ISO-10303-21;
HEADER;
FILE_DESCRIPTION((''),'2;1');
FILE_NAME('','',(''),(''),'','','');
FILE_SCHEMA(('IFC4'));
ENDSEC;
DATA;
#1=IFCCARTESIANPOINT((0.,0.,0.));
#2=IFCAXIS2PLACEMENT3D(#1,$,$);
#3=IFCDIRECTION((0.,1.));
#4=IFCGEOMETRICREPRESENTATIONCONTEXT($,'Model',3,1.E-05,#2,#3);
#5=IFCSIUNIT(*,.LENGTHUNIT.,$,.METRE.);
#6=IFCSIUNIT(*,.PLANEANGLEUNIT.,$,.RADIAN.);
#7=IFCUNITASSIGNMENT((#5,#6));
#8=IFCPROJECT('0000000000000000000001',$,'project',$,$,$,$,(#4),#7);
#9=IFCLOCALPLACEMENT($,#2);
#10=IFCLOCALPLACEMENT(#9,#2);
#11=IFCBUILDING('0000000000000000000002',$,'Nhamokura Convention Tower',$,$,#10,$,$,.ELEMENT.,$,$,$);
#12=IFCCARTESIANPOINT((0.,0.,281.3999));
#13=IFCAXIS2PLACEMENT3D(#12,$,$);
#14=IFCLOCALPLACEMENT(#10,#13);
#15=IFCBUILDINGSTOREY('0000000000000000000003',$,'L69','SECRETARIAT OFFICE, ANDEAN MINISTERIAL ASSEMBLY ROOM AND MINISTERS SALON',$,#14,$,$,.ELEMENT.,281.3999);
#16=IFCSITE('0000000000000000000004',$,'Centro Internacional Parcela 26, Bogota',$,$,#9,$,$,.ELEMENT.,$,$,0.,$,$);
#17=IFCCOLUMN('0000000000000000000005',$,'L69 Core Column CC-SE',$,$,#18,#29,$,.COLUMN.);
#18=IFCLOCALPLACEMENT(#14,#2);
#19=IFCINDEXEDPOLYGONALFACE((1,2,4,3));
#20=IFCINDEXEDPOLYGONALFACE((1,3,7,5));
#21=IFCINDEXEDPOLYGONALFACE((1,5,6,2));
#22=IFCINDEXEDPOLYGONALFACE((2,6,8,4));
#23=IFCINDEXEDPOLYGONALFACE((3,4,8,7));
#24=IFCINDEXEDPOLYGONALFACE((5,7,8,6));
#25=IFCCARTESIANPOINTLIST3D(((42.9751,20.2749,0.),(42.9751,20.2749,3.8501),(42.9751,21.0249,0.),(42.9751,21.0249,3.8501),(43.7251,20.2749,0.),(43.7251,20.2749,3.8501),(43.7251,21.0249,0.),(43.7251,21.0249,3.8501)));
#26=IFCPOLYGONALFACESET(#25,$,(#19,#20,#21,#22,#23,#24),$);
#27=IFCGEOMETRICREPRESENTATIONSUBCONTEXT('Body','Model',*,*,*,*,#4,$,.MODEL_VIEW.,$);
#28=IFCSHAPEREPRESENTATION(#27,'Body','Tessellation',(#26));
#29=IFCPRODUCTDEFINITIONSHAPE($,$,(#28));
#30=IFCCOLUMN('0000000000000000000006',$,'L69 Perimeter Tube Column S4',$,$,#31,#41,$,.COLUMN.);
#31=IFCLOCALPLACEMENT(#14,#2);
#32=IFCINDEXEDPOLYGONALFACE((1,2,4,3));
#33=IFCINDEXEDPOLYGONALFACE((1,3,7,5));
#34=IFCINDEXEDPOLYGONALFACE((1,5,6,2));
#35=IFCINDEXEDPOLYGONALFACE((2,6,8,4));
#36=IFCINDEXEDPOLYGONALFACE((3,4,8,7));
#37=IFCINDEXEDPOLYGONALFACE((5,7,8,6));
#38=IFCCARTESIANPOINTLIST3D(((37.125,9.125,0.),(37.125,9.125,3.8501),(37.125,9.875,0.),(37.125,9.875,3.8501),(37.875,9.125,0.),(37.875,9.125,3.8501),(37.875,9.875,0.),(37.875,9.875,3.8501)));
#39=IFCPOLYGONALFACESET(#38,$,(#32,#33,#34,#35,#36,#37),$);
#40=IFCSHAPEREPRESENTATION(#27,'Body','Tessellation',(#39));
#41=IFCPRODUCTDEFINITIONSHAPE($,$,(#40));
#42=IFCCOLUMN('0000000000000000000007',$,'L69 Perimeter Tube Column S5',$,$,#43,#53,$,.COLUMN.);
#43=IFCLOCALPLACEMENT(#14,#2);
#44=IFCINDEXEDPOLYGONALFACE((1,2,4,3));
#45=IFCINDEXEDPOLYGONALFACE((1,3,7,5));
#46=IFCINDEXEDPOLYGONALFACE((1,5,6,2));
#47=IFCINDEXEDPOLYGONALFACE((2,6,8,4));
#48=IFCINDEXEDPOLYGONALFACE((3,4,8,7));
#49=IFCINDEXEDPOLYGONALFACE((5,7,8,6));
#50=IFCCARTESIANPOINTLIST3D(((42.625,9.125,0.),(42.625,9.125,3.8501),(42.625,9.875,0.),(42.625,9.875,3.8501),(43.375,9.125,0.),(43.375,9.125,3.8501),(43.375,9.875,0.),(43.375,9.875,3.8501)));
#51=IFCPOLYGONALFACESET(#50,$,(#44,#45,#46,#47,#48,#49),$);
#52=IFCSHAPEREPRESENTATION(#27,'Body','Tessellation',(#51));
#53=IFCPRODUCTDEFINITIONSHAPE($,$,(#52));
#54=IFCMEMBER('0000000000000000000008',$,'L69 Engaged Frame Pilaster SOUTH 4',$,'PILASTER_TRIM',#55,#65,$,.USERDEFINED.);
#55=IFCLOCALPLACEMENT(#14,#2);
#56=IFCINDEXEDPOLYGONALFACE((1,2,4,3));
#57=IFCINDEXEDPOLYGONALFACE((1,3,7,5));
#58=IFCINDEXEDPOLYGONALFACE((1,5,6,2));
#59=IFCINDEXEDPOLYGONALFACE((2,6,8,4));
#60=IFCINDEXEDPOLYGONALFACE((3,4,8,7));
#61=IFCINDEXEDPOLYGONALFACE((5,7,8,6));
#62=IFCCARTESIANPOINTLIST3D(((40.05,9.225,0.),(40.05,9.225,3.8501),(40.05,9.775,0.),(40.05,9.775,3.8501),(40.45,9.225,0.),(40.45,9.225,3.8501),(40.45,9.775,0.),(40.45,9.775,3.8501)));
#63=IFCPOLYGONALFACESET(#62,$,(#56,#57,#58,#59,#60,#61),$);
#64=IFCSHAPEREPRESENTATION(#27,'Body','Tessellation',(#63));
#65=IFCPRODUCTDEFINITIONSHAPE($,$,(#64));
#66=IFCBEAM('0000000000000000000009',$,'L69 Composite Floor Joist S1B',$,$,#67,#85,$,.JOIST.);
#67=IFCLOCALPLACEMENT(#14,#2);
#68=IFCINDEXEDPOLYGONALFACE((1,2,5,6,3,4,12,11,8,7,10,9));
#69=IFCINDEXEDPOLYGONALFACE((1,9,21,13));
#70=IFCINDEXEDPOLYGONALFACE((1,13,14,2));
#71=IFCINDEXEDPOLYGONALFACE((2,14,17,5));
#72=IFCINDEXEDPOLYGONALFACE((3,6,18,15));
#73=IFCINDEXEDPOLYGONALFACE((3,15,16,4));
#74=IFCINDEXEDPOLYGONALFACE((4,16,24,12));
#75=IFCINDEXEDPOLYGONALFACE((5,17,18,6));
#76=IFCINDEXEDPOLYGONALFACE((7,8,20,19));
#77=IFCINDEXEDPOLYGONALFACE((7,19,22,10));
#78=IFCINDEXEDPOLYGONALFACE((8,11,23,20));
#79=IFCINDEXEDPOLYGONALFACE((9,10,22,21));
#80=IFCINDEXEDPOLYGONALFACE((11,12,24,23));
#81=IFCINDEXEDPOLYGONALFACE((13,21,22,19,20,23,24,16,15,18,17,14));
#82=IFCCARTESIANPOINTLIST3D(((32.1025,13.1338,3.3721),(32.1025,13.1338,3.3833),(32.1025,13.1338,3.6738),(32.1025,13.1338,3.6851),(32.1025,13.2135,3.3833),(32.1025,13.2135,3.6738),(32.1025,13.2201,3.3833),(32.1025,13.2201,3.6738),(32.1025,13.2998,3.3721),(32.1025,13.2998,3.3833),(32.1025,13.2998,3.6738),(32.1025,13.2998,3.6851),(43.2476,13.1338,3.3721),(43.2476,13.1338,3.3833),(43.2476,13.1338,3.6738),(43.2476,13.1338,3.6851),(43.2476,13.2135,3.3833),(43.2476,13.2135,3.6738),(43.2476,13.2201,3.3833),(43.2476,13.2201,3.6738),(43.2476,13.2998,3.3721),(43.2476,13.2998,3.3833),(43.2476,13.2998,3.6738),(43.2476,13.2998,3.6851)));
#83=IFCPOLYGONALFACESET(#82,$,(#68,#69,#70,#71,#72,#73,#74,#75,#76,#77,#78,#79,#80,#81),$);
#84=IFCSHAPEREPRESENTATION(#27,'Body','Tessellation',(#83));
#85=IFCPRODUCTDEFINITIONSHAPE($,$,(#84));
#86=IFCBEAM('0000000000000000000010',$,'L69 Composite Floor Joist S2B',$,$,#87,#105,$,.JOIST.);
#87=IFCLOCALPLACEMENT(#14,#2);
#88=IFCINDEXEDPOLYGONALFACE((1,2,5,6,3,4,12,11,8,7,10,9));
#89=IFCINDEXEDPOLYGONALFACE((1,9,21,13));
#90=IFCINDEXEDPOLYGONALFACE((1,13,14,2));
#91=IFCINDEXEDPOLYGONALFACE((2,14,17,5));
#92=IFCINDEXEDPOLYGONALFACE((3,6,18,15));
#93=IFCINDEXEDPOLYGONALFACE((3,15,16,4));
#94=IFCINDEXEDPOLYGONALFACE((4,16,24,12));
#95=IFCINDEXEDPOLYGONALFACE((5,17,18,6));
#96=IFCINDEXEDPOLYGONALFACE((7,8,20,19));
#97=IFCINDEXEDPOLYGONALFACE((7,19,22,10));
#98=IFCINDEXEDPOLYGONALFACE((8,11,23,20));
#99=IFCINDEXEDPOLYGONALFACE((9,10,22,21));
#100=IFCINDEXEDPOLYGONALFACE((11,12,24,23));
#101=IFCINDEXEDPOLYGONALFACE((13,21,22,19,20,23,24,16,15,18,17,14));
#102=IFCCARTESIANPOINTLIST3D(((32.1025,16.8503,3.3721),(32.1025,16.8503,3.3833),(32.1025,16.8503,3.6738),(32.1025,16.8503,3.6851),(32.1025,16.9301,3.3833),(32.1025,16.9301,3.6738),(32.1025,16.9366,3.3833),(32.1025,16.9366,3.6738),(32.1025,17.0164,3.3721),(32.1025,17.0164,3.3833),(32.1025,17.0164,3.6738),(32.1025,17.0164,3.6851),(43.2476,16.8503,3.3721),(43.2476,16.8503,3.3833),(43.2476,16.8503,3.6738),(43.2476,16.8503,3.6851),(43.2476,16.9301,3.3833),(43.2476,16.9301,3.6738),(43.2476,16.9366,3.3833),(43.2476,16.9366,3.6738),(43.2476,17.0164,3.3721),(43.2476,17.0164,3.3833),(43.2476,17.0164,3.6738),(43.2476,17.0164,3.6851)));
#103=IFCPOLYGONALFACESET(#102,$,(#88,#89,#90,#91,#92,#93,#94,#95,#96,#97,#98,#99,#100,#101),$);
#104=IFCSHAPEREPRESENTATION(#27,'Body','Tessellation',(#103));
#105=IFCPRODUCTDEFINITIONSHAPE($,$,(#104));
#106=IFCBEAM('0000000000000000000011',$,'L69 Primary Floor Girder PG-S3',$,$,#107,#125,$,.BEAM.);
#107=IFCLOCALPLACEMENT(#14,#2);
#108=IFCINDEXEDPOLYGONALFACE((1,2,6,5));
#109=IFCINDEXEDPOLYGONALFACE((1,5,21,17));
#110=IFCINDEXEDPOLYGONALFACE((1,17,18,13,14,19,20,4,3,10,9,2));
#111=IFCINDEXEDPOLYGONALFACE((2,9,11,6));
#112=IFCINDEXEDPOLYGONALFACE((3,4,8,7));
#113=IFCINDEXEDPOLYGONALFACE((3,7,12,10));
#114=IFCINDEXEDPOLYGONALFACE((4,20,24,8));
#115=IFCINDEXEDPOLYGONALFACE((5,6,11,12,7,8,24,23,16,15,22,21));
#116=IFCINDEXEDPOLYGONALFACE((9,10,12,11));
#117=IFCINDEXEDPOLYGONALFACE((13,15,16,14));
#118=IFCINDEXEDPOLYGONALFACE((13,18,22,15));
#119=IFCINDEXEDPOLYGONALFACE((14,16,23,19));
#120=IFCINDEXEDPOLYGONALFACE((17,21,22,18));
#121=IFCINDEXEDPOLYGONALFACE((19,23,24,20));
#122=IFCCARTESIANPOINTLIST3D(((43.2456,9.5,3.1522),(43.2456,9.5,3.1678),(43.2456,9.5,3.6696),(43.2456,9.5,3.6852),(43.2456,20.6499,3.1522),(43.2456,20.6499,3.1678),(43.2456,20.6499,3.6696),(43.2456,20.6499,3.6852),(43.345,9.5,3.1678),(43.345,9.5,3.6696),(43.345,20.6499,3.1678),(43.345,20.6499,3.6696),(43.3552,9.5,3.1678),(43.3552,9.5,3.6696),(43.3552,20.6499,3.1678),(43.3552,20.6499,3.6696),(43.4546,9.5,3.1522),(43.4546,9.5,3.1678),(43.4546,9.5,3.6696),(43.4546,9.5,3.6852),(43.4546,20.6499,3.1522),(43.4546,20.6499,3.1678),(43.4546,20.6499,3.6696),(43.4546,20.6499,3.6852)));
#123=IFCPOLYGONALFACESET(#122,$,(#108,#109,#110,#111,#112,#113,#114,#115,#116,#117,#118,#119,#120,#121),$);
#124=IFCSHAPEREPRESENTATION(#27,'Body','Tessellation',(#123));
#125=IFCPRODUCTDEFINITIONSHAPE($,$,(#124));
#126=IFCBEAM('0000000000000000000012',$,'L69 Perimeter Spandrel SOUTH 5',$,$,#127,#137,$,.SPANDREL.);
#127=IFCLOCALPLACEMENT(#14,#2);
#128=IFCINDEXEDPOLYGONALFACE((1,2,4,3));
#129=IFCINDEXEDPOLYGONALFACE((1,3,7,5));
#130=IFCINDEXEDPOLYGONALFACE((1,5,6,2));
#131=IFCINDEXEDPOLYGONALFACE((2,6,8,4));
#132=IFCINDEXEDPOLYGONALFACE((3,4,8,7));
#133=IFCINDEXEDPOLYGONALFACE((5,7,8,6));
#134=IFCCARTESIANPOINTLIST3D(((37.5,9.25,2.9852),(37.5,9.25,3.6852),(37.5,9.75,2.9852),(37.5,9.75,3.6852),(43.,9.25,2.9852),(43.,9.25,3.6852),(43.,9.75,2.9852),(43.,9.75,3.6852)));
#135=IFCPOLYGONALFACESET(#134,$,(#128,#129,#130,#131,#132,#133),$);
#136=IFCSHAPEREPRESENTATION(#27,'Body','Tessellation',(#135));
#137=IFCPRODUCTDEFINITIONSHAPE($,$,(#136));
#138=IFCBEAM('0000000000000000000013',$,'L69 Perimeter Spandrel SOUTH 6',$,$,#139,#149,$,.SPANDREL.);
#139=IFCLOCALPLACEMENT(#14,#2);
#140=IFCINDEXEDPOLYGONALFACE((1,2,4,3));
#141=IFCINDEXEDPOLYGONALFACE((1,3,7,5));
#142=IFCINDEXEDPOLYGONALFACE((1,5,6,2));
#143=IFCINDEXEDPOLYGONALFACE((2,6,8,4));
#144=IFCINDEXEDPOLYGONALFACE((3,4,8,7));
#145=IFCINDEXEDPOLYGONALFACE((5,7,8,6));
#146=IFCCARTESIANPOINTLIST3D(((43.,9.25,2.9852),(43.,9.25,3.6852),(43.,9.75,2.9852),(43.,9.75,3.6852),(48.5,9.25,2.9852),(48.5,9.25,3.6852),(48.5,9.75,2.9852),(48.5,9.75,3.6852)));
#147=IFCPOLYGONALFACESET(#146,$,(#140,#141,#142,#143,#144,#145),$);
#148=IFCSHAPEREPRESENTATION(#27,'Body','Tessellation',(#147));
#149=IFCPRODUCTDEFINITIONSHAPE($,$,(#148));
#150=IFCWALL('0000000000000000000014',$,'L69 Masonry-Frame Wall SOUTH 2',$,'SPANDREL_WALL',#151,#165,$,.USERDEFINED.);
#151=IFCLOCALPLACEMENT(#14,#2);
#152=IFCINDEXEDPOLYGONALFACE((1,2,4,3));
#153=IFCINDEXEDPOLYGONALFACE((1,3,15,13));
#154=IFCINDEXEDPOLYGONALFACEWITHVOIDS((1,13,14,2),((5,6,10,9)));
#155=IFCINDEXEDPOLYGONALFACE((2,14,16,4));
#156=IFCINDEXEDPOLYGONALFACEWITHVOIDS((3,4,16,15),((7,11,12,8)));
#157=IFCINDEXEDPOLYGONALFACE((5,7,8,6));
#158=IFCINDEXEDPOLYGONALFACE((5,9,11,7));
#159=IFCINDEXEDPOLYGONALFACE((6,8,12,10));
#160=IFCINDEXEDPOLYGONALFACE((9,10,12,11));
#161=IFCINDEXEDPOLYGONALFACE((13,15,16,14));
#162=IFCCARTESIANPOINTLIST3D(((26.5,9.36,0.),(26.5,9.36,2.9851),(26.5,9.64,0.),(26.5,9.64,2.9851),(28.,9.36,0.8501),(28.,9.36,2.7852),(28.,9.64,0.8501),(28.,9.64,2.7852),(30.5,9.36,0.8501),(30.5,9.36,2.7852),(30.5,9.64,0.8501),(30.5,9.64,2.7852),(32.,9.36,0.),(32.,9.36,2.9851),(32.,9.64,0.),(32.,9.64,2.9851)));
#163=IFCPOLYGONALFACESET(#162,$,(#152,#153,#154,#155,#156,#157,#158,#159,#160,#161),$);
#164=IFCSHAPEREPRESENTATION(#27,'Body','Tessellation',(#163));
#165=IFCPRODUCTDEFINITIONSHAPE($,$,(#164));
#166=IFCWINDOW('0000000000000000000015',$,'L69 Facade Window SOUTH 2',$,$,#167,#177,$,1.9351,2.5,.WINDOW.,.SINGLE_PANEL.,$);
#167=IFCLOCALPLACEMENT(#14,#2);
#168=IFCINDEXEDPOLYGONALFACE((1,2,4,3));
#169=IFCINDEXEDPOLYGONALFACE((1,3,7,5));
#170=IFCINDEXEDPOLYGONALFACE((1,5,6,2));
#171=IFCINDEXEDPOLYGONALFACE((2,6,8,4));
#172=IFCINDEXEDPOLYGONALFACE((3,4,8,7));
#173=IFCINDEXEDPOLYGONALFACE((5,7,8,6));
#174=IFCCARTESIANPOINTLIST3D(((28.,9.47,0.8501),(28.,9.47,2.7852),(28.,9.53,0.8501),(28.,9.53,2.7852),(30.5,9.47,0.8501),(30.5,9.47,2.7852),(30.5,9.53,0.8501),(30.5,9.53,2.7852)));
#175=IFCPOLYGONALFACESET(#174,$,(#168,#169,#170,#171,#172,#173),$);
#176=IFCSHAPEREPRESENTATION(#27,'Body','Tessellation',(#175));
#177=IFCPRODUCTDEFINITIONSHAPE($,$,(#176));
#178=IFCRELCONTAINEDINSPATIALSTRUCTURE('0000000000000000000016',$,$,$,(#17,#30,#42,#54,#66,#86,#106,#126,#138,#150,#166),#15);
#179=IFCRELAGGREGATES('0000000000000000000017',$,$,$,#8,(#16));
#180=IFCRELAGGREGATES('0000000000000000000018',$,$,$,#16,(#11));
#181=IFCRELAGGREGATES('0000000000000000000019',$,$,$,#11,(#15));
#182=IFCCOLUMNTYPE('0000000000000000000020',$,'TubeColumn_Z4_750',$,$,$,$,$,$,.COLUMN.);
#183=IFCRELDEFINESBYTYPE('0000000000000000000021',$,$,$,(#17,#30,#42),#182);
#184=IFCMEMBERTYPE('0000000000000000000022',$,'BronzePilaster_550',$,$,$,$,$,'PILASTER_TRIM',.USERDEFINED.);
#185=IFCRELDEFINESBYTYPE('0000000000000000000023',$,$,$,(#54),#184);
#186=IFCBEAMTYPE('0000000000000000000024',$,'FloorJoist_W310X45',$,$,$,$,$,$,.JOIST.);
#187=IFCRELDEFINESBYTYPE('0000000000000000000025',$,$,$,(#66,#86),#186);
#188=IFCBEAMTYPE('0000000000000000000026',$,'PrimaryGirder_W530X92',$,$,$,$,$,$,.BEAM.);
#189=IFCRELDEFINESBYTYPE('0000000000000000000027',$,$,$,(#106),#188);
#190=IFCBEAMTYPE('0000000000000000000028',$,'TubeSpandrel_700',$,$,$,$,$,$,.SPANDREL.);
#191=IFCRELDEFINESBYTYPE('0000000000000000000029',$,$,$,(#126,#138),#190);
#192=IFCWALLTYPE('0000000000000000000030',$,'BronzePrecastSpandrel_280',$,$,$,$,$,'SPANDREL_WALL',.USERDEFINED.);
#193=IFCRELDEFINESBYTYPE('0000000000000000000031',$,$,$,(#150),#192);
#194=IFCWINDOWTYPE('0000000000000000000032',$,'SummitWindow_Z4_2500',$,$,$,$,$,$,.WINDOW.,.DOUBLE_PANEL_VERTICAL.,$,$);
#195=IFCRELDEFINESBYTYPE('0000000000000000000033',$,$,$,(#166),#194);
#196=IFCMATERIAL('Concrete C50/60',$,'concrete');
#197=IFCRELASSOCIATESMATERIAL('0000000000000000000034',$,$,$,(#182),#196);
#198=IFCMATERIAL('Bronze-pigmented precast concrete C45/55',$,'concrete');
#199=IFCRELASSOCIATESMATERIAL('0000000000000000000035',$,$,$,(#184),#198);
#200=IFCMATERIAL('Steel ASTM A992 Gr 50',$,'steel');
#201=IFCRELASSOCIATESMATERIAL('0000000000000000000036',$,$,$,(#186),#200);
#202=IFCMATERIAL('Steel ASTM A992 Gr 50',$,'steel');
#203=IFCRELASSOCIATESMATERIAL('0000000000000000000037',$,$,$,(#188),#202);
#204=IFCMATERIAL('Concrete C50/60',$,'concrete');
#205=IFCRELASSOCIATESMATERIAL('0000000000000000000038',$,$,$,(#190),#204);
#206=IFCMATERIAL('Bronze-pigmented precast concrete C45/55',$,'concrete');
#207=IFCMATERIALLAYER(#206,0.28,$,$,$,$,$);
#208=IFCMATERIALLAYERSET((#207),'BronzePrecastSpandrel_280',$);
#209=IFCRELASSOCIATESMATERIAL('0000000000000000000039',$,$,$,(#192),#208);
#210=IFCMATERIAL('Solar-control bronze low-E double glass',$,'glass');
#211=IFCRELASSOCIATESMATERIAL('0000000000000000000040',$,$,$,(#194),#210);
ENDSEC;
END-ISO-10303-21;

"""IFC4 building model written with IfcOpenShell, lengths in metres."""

from ifc_helpers import new_model, si_unit, direction, frame, frame_2d, origin, origin_2d, place, context, subcontext, project, spatial, rectangle, i_section, extrude, material, layer, layer_set, material_profile, profile_set, type_object, element, fill, save


model = new_model("IFC4")

# Units and contexts
model_context = context("Model", 3, precision=1e-05, world=origin(), true_north=direction((0.0, 1.0)))
body_context = subcontext(model_context, "Body", "Model", "MODEL_VIEW")
ifc_project = project(units=[si_unit("LENGTHUNIT", "METRE"), si_unit("PLANEANGLEUNIT", "RADIAN")], contexts=[model_context])

# Site, building, storey
site_placement = place(None, origin())
site = spatial("IfcSite", under=ifc_project, at=site_placement, Name="Centro Internacional Parcela 26, Bogota", CompositionType="ELEMENT", RefElevation=0.0)
building_placement = place(site_placement, origin())
building = spatial("IfcBuilding", under=site, at=building_placement, Name="Nhamokura Convention Tower", CompositionType="ELEMENT")
storey_placement = place(building_placement, frame((0.0, 0.0, 281.3999)))
storey = spatial("IfcBuildingStorey", under=building, at=storey_placement, Name="L69", Description="SECRETARIAT OFFICE, ANDEAN MINISTERIAL ASSEMBLY ROOM AND MINISTERS SALON", CompositionType="ELEMENT", Elevation=281.3999)

# Columns
ifc_material_1 = material(Name="Concrete C50/60", Category="concrete")
ifc_material_profile_1 = material_profile(ifc_material_1, rectangle(XDim=0.75, YDim=0.75, at=origin_2d()))
ifc_profile_set_1 = profile_set([ifc_material_profile_1], Name="Concrete C50/60")
column_type = type_object("IfcColumnType", Name="TubeColumn_Z4_750", PredefinedType="COLUMN", material=ifc_profile_set_1)
for number, where, z_axis, x_axis, name in (
    (1, (43.3501, 20.6499, 0.0), (0.0, 0.0, 1.0), (1.0, 0.0, 0.0), "L69 Core Column CC-SE"),
    (2, (37.5, 9.5, 0.0), (0.0, 0.0, 1.0), (1.0, 0.0, 0.0), "L69 Perimeter Tube Column S4"),
    (3, (43.0, 9.5, 0.0), (0.0, 0.0, 1.0), (1.0, 0.0, 0.0), "L69 Perimeter Tube Column S5"),
):
    element("IfcColumn", number, at=place(storey_placement, frame(where, z_axis=z_axis, x_axis=x_axis)), inside=storey, type_object=column_type, Name=name, PredefinedType="COLUMN", context=body_context, shape_type="SweptSolid", body=[
        extrude(rectangle(XDim=0.75, YDim=0.75, at=origin_2d()), origin(), (0.0, 0.0, 1.0), 3.8501),
    ])

# Member
ifc_material_2 = material(Name="Bronze-pigmented precast concrete C45/55", Category="concrete")
ifc_material_profile_2 = material_profile(ifc_material_2, rectangle(XDim=0.3999, YDim=0.55, at=origin_2d()))
ifc_profile_set_2 = profile_set([ifc_material_profile_2], Name="Bronze-pigmented precast concrete C45/55")
member_type = type_object("IfcMemberType", Name="BronzePilaster_550", ElementType="PILASTER_TRIM", PredefinedType="USERDEFINED", material=ifc_profile_set_2)
member_placement = place(storey_placement, frame((40.25, 9.5, 0.0), z_axis=(0.0, 0.0, 1.0), x_axis=(1.0, 0.0, 0.0)))
element("IfcMember", 4, at=member_placement, inside=storey, type_object=member_type, Name="L69 Engaged Frame Pilaster SOUTH 4", ObjectType="PILASTER_TRIM", PredefinedType="USERDEFINED", context=body_context, shape_type="SweptSolid", body=[
    extrude(rectangle(XDim=0.3999, YDim=0.55, at=origin_2d()), origin(), (0.0, 0.0, 1.0), 3.8501),
])

# Beams
ifc_material_3 = material(Name="Steel ASTM A992 Gr 50", Category="steel")
ifc_material_profile_3 = material_profile(ifc_material_3, i_section(OverallWidth=0.166, OverallDepth=0.313, WebThickness=0.0066, FlangeThickness=0.0112, at=origin_2d()))
ifc_profile_set_3 = profile_set([ifc_material_profile_3], Name="Steel ASTM A992 Gr 50")
beam_type_1 = type_object("IfcBeamType", Name="FloorJoist_W310X45", PredefinedType="JOIST", material=ifc_profile_set_3)
for number, where, z_axis, x_axis, name in (
    (5, (32.1025, 13.2168, 3.5286), (1.0, 0.0, 0.0), (0.0, 1.0, 0.0), "L69 Composite Floor Joist S1B"),
    (6, (32.1025, 16.9333, 3.5286), (1.0, 0.0, 0.0), (0.0, 1.0, 0.0), "L69 Composite Floor Joist S2B"),
):
    element("IfcBeam", number, at=place(storey_placement, frame(where, z_axis=z_axis, x_axis=x_axis)), inside=storey, type_object=beam_type_1, Name=name, PredefinedType="JOIST", context=body_context, shape_type="SweptSolid", body=[
        extrude(i_section(OverallWidth=0.166, OverallDepth=0.313, WebThickness=0.0066, FlangeThickness=0.0112, at=origin_2d()), origin(), (0.0, 0.0, 1.0), 11.145),
    ])
ifc_material_4 = material(Name="Steel ASTM A992 Gr 50", Category="steel")
ifc_material_profile_4 = material_profile(ifc_material_4, i_section(OverallWidth=0.209, OverallDepth=0.533, WebThickness=0.0103, FlangeThickness=0.0156, at=origin_2d()))
ifc_profile_set_4 = profile_set([ifc_material_profile_4], Name="Steel ASTM A992 Gr 50")
beam_type_2 = type_object("IfcBeamType", Name="PrimaryGirder_W530X92", PredefinedType="BEAM", material=ifc_profile_set_4)
beam_placement = place(storey_placement, frame((43.3501, 9.5, 3.4187), z_axis=(0.0, 1.0, 0.0), x_axis=(-1.0, 0.0, 0.0)))
element("IfcBeam", 7, at=beam_placement, inside=storey, type_object=beam_type_2, Name="L69 Primary Floor Girder PG-S3", PredefinedType="BEAM", context=body_context, shape_type="SweptSolid", body=[
    extrude(i_section(OverallWidth=0.209, OverallDepth=0.533, WebThickness=0.0103, FlangeThickness=0.0156, at=origin_2d()), origin(), (0.0, 0.0, 1.0), 11.1499),
])
ifc_material_5 = material(Name="Concrete C50/60", Category="concrete")
ifc_material_profile_5 = material_profile(ifc_material_5, rectangle(XDim=0.5, YDim=0.7, at=origin_2d()))
ifc_profile_set_5 = profile_set([ifc_material_profile_5], Name="Concrete C50/60")
beam_type_3 = type_object("IfcBeamType", Name="TubeSpandrel_700", PredefinedType="SPANDREL", material=ifc_profile_set_5)
for number, where, z_axis, x_axis, name in (
    (8, (37.5, 9.5, 3.3352), (1.0, 0.0, 0.0), (0.0, 1.0, 0.0), "L69 Perimeter Spandrel SOUTH 5"),
    (9, (43.0, 9.5, 3.3352), (1.0, 0.0, 0.0), (0.0, 1.0, 0.0), "L69 Perimeter Spandrel SOUTH 6"),
):
    element("IfcBeam", number, at=place(storey_placement, frame(where, z_axis=z_axis, x_axis=x_axis)), inside=storey, type_object=beam_type_3, Name=name, PredefinedType="SPANDREL", context=body_context, shape_type="SweptSolid", body=[
        extrude(rectangle(XDim=0.5, YDim=0.7, at=origin_2d()), origin(), (0.0, 0.0, 1.0), 5.5),
    ])

# Wall, opening, window
ifc_material_6 = material(Name="Bronze-pigmented precast concrete C45/55", Category="concrete")
ifc_layer_1 = layer(ifc_material_6, 0.28)
ifc_layer_set_1 = layer_set([ifc_layer_1], Name="BronzePrecastSpandrel_280")
wall_type_1 = type_object("IfcWallType", Name="BronzePrecastSpandrel_280", ElementType="SPANDREL_WALL", PredefinedType="USERDEFINED", material=ifc_layer_set_1)
wall_1_placement = place(storey_placement, frame((32.0, 9.5, 0.0), z_axis=(0.0, 0.0, 1.0), x_axis=(-1.0, 0.0, 0.0)))
wall_1 = element("IfcWall", 10, at=wall_1_placement, inside=storey, type_object=wall_type_1, Name="L69 Masonry-Frame Wall SOUTH 2", ObjectType="SPANDREL_WALL", PredefinedType="USERDEFINED", context=body_context, shape_type="SweptSolid", body=[
    extrude(rectangle(XDim=5.5, YDim=0.28, at=frame_2d((2.75, 0.0))), origin(), (0.0, 0.0, 1.0), 2.9851),
])
opening_1_placement = place(wall_1_placement, frame((1.5, 0.0, 0.8501)))
opening_1 = element("IfcOpeningElement", 11, at=opening_1_placement, cuts=wall_1, PredefinedType="OPENING", context=body_context, shape_type="SweptSolid", body=[
    extrude(rectangle(XDim=2.5, YDim=1.9351, at=frame_2d((1.25, 0.9675))), frame((0.0, 0.1499, 0.0), z_axis=(0.0, -1.0, 0.0), x_axis=(1.0, 0.0, 0.0)), (0.0, 0.0, 1.0), 0.3),
])
ifc_material_7 = material(Name="Solar-control bronze low-E double glass", Category="glass")
window_type_1 = type_object("IfcWindowType", Name="SummitWindow_Z4_2500", PartitioningType="DOUBLE_PANEL_VERTICAL", PredefinedType="WINDOW", material=ifc_material_7)
window_1_placement = place(opening_1_placement, origin())
window_1 = element("IfcWindow", 12, at=window_1_placement, inside=storey, type_object=window_type_1, Name="L69 Facade Window SOUTH 2", OverallHeight=1.9351, OverallWidth=2.5, PartitioningType="SINGLE_PANEL", PredefinedType="WINDOW", context=body_context, shape_type="SweptSolid", body=[
    extrude(rectangle(XDim=2.5, YDim=1.9351, at=frame_2d((1.25, 0.9675))), frame((0.0, 0.03, 0.0), z_axis=(0.0, -1.0, 0.0), x_axis=(1.0, 0.0, 0.0)), (0.0, 0.0, 1.0), 0.0601),
])
fill(opening_1, window_1)

save(model, "model.ifc")
